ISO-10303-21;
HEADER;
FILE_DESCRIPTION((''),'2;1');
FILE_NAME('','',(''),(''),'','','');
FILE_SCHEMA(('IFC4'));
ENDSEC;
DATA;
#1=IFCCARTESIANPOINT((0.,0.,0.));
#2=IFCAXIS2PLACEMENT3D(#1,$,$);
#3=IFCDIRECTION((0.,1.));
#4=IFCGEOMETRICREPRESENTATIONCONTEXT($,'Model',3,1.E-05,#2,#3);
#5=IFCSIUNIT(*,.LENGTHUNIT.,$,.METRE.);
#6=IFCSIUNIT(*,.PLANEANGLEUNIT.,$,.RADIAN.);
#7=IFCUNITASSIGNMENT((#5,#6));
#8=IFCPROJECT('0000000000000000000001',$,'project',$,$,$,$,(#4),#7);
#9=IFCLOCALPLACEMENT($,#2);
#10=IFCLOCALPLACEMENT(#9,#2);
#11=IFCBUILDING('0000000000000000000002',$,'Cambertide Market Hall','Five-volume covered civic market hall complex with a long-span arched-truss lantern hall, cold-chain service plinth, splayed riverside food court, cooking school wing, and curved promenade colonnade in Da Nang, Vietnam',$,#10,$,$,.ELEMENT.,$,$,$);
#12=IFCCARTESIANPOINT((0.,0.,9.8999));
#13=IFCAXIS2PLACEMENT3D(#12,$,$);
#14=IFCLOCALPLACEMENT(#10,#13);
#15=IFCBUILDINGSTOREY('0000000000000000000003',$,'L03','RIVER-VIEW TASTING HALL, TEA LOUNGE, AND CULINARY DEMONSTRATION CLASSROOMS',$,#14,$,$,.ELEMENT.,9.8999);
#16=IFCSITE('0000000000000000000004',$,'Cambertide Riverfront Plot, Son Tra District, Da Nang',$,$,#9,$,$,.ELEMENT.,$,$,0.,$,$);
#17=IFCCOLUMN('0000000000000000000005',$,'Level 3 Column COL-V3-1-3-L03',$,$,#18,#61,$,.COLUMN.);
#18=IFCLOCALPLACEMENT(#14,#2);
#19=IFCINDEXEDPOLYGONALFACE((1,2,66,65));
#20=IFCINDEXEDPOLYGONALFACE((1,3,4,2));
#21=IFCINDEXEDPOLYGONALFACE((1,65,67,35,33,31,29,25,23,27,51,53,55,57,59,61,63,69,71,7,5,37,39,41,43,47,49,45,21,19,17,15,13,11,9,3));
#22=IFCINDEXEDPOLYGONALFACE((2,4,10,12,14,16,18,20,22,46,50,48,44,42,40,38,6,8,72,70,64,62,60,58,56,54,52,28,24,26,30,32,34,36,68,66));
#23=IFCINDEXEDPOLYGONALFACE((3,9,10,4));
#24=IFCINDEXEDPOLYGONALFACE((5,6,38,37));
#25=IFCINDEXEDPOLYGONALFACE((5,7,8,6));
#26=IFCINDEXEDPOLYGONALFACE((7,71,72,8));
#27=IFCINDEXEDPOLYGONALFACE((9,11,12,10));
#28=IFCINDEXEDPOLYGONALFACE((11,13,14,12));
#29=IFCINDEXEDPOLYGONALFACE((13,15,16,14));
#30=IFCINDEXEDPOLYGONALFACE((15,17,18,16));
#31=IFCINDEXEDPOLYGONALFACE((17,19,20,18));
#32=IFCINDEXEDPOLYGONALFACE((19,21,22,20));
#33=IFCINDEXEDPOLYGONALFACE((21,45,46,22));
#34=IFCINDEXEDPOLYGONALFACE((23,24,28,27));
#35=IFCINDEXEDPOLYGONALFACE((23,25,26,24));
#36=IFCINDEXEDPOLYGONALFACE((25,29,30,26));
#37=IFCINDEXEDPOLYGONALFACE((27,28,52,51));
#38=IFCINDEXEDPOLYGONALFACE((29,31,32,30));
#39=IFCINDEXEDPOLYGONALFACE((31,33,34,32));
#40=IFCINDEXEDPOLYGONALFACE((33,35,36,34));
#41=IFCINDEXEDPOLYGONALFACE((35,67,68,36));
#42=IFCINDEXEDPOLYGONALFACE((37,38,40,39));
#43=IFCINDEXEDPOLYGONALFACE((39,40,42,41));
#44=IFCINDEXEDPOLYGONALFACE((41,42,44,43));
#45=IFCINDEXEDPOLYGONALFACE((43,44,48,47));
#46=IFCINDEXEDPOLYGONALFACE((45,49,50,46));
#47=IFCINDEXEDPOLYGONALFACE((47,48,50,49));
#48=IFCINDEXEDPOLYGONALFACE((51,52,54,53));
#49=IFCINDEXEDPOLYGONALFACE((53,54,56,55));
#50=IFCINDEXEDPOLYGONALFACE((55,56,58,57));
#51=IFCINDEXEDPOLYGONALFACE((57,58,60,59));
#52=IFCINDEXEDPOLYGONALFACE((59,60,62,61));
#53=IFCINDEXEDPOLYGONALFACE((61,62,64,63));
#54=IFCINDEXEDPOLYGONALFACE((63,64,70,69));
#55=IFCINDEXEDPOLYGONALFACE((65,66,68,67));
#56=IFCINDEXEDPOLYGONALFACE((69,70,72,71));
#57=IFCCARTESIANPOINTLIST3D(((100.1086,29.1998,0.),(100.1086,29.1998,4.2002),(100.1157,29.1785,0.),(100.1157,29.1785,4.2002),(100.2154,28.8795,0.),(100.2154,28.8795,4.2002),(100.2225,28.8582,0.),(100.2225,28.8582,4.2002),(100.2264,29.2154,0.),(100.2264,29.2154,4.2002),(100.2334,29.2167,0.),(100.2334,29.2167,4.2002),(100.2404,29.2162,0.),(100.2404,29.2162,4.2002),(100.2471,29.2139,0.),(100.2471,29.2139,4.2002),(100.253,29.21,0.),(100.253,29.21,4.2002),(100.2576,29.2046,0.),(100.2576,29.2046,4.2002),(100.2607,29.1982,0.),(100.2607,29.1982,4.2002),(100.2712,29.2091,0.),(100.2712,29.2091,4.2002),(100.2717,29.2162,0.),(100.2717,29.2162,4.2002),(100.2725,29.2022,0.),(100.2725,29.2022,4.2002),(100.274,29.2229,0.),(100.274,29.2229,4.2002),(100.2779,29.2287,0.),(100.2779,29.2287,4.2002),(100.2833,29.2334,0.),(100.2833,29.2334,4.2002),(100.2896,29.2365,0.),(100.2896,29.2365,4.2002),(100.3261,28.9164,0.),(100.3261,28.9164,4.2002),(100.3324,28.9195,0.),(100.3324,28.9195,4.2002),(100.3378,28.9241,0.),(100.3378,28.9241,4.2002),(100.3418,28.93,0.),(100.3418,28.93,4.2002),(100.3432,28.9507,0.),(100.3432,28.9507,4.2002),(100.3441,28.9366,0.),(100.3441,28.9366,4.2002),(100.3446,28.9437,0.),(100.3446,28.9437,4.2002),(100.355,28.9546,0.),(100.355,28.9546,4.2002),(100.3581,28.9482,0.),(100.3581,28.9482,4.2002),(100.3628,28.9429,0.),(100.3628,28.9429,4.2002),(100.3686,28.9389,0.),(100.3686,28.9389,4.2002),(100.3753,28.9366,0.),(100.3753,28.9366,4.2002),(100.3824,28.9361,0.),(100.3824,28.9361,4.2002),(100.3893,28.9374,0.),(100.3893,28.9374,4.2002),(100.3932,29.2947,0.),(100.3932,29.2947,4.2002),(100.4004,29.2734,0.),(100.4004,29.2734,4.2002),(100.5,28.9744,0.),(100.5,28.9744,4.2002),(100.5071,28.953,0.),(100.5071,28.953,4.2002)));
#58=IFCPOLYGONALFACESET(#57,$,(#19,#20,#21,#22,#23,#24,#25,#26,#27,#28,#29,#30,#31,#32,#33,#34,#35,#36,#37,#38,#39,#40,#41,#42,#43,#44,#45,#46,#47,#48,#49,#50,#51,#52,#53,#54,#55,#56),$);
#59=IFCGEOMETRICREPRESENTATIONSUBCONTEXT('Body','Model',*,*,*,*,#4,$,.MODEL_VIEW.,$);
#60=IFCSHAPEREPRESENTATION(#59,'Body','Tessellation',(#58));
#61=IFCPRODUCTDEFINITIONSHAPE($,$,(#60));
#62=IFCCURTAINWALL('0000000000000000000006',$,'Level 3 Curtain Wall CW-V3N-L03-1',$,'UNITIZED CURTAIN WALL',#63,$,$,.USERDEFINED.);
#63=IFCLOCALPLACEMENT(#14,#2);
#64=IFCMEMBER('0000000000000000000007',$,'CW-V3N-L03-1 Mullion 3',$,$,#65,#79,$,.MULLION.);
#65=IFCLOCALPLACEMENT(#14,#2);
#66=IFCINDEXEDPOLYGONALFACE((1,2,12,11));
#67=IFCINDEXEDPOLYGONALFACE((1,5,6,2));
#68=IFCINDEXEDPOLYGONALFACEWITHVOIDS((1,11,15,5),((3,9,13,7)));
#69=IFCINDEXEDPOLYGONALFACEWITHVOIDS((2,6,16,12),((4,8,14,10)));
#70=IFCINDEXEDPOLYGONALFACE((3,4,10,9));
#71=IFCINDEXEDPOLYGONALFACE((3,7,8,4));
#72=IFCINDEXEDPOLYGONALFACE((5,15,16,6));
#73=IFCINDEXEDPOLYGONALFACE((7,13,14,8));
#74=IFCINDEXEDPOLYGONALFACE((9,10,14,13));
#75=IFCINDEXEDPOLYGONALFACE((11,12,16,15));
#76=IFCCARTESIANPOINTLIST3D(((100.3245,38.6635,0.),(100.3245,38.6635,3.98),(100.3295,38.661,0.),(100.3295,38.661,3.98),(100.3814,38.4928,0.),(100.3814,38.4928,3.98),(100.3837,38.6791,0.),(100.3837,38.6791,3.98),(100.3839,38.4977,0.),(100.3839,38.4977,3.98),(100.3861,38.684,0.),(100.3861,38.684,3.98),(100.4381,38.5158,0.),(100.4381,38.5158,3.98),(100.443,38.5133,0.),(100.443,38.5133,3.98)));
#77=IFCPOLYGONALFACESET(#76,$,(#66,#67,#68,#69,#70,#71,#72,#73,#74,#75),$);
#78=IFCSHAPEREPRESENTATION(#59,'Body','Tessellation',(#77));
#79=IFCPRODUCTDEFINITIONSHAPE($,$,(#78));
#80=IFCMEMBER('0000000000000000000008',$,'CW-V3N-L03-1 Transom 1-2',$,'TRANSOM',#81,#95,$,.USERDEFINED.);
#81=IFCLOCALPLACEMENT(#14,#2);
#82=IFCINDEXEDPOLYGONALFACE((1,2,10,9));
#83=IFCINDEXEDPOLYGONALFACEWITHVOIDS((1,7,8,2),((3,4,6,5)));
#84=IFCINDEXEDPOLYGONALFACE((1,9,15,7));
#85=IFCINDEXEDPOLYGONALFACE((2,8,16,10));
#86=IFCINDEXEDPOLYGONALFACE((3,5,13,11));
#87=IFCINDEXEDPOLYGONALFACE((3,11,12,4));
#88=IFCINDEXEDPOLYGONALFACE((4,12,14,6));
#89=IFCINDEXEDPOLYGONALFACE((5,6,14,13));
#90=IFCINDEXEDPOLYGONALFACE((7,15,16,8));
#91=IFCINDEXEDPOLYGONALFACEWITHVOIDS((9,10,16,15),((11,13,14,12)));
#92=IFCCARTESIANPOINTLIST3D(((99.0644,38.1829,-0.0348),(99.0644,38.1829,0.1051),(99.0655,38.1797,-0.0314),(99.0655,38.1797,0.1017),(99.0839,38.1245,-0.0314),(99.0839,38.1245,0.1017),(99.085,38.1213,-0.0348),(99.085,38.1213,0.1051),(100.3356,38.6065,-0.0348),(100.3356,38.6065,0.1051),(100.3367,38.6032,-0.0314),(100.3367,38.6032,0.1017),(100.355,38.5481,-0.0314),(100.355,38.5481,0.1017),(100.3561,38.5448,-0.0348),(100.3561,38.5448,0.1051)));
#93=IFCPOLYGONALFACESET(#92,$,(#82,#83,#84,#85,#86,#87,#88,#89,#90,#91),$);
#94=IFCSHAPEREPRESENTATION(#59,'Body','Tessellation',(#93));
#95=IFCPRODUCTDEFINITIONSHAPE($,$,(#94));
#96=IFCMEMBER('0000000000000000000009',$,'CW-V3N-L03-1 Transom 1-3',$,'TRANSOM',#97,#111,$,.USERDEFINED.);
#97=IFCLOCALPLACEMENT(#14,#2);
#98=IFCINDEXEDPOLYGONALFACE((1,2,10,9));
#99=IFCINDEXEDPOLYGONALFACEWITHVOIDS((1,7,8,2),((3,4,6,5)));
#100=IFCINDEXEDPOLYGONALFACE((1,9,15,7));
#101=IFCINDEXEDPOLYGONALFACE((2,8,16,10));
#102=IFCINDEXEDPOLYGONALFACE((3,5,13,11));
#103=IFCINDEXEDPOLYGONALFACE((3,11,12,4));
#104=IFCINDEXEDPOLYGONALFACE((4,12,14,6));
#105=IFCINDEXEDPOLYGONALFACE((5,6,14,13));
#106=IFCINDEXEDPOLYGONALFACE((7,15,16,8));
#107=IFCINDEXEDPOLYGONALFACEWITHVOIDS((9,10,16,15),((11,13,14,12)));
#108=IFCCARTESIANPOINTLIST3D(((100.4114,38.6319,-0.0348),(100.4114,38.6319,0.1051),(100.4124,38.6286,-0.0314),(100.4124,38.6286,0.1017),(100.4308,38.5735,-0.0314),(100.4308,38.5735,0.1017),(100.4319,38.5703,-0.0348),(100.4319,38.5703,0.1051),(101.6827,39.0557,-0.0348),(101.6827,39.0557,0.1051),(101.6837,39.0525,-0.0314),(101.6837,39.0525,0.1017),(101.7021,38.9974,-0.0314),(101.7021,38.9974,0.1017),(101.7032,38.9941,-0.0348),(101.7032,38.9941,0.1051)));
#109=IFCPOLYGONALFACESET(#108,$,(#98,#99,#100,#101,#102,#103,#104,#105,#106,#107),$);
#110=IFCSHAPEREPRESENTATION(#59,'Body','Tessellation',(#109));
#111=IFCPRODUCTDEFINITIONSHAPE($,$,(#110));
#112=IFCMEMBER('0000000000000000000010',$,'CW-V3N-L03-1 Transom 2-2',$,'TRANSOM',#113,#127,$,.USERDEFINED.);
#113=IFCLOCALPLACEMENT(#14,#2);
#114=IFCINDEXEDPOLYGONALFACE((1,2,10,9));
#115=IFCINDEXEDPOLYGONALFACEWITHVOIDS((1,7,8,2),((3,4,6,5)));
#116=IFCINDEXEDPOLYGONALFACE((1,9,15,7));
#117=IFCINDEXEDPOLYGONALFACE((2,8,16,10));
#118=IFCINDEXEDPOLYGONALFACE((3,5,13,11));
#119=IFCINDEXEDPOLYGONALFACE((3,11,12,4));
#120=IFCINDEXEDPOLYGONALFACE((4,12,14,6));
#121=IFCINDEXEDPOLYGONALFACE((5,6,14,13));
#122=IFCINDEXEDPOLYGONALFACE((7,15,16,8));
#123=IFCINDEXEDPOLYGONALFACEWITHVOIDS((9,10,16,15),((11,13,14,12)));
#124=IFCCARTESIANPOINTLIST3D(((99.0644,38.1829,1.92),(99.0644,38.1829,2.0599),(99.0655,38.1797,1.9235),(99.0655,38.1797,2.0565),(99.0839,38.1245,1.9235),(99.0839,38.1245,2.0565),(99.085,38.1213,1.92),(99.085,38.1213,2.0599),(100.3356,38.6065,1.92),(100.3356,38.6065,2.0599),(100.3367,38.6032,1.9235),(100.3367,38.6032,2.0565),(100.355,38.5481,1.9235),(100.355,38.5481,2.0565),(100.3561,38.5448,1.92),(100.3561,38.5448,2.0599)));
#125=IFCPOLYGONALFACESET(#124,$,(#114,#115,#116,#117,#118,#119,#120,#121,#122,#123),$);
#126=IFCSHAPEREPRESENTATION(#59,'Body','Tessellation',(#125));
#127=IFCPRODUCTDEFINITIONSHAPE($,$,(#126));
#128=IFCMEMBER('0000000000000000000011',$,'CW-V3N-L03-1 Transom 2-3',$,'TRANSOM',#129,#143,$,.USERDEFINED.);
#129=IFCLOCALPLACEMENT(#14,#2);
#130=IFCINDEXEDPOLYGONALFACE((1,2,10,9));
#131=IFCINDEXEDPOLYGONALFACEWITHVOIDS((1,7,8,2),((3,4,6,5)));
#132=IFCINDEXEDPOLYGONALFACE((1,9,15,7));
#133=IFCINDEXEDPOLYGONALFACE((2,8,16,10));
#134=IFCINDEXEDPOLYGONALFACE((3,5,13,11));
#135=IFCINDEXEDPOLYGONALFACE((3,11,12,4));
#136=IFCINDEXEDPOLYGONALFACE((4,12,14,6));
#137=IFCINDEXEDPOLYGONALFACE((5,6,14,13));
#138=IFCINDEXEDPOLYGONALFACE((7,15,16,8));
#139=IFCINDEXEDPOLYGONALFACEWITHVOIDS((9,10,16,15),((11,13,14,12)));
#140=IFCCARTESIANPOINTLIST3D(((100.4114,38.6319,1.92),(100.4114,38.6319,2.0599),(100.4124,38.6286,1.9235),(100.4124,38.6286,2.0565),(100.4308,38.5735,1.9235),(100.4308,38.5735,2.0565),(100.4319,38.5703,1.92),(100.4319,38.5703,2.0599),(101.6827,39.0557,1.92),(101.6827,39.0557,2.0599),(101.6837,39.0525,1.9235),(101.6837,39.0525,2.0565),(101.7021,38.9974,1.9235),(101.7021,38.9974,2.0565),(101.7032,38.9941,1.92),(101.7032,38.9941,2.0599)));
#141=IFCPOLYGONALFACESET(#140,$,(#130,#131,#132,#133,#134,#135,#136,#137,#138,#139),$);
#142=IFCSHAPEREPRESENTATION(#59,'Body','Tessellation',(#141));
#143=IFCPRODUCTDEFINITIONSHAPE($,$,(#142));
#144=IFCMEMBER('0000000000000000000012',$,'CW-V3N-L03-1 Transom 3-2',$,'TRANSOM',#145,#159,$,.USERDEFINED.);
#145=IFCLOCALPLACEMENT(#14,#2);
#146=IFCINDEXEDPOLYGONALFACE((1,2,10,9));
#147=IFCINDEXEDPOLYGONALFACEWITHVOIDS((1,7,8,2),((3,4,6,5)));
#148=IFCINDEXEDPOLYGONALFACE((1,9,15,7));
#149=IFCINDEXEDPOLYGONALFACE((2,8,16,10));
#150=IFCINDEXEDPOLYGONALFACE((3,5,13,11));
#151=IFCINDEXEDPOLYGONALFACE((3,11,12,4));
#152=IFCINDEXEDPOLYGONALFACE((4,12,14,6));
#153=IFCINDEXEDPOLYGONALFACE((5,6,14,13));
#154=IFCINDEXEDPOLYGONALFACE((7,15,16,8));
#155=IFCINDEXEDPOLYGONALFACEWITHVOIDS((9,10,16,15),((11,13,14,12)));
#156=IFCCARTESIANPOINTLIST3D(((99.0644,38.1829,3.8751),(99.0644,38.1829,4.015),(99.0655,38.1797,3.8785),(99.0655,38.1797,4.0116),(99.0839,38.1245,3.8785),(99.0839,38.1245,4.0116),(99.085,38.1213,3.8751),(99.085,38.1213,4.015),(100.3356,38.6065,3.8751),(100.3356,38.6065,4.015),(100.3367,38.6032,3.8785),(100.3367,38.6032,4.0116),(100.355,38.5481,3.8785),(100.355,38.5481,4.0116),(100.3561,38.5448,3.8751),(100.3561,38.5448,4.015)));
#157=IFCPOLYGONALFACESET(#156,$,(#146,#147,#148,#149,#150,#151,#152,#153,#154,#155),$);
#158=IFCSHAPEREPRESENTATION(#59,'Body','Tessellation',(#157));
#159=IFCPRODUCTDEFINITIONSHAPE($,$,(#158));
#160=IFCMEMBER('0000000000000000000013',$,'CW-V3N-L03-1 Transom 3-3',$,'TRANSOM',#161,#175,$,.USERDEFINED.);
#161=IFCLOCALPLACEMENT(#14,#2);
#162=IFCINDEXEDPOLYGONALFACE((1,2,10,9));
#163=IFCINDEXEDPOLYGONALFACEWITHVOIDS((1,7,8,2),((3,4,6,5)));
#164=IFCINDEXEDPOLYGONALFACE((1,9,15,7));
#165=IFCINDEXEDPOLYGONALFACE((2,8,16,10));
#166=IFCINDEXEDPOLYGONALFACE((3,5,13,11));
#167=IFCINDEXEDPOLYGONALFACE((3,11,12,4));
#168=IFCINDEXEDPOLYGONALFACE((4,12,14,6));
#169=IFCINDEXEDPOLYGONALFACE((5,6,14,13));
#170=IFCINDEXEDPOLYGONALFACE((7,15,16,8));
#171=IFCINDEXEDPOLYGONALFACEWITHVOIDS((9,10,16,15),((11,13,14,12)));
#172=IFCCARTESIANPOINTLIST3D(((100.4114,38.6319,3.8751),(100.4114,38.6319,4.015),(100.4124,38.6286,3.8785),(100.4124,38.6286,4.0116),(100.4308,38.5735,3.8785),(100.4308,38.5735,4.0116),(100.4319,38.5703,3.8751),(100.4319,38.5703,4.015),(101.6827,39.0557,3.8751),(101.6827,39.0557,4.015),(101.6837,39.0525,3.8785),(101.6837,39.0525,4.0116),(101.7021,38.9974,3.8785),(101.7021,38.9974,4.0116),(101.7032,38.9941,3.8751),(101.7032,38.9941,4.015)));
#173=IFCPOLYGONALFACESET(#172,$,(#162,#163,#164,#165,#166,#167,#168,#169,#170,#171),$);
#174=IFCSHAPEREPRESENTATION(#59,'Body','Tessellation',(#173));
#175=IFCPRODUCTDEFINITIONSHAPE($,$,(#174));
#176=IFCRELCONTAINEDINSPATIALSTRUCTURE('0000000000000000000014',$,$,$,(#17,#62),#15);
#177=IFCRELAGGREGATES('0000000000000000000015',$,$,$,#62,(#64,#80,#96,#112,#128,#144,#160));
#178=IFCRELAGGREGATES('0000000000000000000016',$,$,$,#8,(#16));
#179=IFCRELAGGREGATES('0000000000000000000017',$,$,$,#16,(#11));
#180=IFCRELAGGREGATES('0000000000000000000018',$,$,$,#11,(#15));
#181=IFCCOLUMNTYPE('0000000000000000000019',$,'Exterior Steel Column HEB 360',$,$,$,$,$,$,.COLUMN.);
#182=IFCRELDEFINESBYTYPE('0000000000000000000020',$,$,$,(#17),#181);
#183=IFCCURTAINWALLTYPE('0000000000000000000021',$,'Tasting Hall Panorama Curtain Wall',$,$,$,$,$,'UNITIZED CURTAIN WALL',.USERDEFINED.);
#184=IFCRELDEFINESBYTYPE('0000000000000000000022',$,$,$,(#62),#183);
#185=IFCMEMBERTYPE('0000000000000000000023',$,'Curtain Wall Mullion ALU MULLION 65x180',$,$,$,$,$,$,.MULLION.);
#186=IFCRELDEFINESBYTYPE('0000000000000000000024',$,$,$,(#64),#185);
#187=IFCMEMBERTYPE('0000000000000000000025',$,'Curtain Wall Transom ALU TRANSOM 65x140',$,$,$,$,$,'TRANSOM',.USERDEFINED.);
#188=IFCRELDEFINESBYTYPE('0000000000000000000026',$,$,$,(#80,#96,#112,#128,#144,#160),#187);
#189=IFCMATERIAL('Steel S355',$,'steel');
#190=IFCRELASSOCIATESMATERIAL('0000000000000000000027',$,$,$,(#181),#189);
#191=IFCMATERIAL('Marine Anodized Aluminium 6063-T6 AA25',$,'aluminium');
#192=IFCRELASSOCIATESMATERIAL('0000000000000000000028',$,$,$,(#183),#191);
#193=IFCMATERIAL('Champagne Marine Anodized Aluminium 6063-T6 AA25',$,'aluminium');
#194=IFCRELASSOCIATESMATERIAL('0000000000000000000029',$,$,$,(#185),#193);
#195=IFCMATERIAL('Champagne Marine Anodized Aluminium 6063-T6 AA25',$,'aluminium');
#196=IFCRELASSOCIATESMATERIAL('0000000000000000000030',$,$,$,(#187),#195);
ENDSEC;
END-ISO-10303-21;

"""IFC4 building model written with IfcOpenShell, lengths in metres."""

from ifc_helpers import new_model, si_unit, direction, frame, origin, origin_2d, place, context, subcontext, project, spatial, hollow_rectangle, i_section, extrude, material, material_profile, profile_set, type_object, element, aggregate, save


model = new_model("IFC4")

# Units and contexts
model_context = context("Model", 3, precision=1e-05, world=origin(), true_north=direction((0.0, 1.0)))
body_context = subcontext(model_context, "Body", "Model", "MODEL_VIEW")
ifc_project = project(units=[si_unit("LENGTHUNIT", "METRE"), si_unit("PLANEANGLEUNIT", "RADIAN")], contexts=[model_context])

# Site, building, storey
site_placement = place(None, origin())
site = spatial("IfcSite", under=ifc_project, at=site_placement, Name="Cambertide Riverfront Plot, Son Tra District, Da Nang", CompositionType="ELEMENT", RefElevation=0.0)
building_placement = place(site_placement, origin())
building = spatial("IfcBuilding", under=site, at=building_placement, Name="Cambertide Market Hall", Description="Five-volume covered civic market hall complex with a long-span arched-truss lantern hall, cold-chain service plinth, splayed riverside food court, cooking school wing, and curved promenade colonnade in Da Nang, Vietnam", CompositionType="ELEMENT")
storey_placement = place(building_placement, frame((0.0, 0.0, 9.8999)))
storey = spatial("IfcBuildingStorey", under=building, at=storey_placement, Name="L03", Description="RIVER-VIEW TASTING HALL, TEA LOUNGE, AND CULINARY DEMONSTRATION CLASSROOMS", CompositionType="ELEMENT", Elevation=9.8999)

# Column
ifc_material_1 = material(Name="Steel S355", Category="steel")
ifc_material_profile_1 = material_profile(ifc_material_1, i_section(OverallWidth=0.3, OverallDepth=0.3601, WebThickness=0.0125, FlangeThickness=0.0225, FilletRadius=0.0271, at=origin_2d()), Name="HEB 360")
ifc_profile_set_1 = profile_set([ifc_material_profile_1], Name="Steel S355")
column_type = type_object("IfcColumnType", Name="Exterior Steel Column HEB 360", PredefinedType="COLUMN", material=ifc_profile_set_1)
column_placement = place(storey_placement, frame((100.3079, 29.0764, 0.0), z_axis=(0.0, 0.0, 1.0), x_axis=(0.948683, 0.316228, 0.0)))
element("IfcColumn", 1, at=column_placement, inside=storey, type_object=column_type, Name="Level 3 Column COL-V3-1-3-L03", PredefinedType="COLUMN", context=body_context, shape_type="SweptSolid", body=[
    extrude(i_section(OverallWidth=0.3, OverallDepth=0.3601, WebThickness=0.0125, FlangeThickness=0.0225, FilletRadius=0.0271, at=origin_2d()), origin(), (0.0, 0.0, 1.0), 4.2002),
])

# Curtain wall, members
ifc_material_2 = material(Name="Marine Anodized Aluminium 6063-T6 AA25", Category="aluminium")
curtain_wall_type = type_object("IfcCurtainWallType", Name="Tasting Hall Panorama Curtain Wall", ElementType="UNITIZED CURTAIN WALL", PredefinedType="USERDEFINED", material=ifc_material_2)
curtain_wall_placement = place(storey_placement, origin())
curtain_wall = element("IfcCurtainWall", 2, at=curtain_wall_placement, inside=storey, type_object=curtain_wall_type, Name="Level 3 Curtain Wall CW-V3N-L03-1", ObjectType="UNITIZED CURTAIN WALL", PredefinedType="USERDEFINED")
ifc_material_3 = material(Name="Champagne Marine Anodized Aluminium 6063-T6 AA25", Category="aluminium")
ifc_material_profile_2 = material_profile(ifc_material_3, hollow_rectangle(XDim=0.0649, YDim=0.1799, WallThickness=0.0039, at=origin_2d()), Name="ALU MULLION 65x180")
ifc_profile_set_2 = profile_set([ifc_material_profile_2], Name="Champagne Marine Anodized Aluminium 6063-T6 AA25")
member_type_1 = type_object("IfcMemberType", Name="Curtain Wall Mullion ALU MULLION 65x180", PredefinedType="MULLION", material=ifc_profile_set_2)
member_1_placement = place(storey_placement, frame((100.3838, 38.5884, 0.0), z_axis=(0.0, 0.0, 1.0), x_axis=(0.948683, 0.316228, 0.0)))
member_1 = element("IfcMember", 3, at=member_1_placement, type_object=member_type_1, Name="CW-V3N-L03-1 Mullion 3", PredefinedType="MULLION", context=body_context, shape_type="SweptSolid", body=[
    extrude(hollow_rectangle(XDim=0.0649, YDim=0.1799, WallThickness=0.0039, at=origin_2d()), origin(), (0.0, 0.0, 1.0), 3.98),
])
ifc_material_4 = material(Name="Champagne Marine Anodized Aluminium 6063-T6 AA25", Category="aluminium")
ifc_material_profile_3 = material_profile(ifc_material_4, hollow_rectangle(XDim=0.0649, YDim=0.1399, WallThickness=0.0034, at=origin_2d()), Name="ALU TRANSOM 65x140")
ifc_profile_set_3 = profile_set([ifc_material_profile_3], Name="Champagne Marine Anodized Aluminium 6063-T6 AA25")
member_type_2 = type_object("IfcMemberType", Name="Curtain Wall Transom ALU TRANSOM 65x140", ElementType="TRANSOM", PredefinedType="USERDEFINED", material=ifc_profile_set_3)
member_2_placement = place(storey_placement, frame((99.0747, 38.1521, 0.0352), z_axis=(0.94872, 0.316118, 0.0), x_axis=(-0.316118, 0.94872, 0.0)))
member_2 = element("IfcMember", 4, at=member_2_placement, type_object=member_type_2, Name="CW-V3N-L03-1 Transom 1-2", ObjectType="TRANSOM", PredefinedType="USERDEFINED", context=body_context, shape_type="SweptSolid", body=[
    extrude(hollow_rectangle(XDim=0.0649, YDim=0.1399, WallThickness=0.0034, at=origin_2d()), origin(), (0.0, 0.0, 1.0), 1.3398),
])
member_3_placement = place(storey_placement, frame((100.4216, 38.6011, 0.0352), z_axis=(0.948665, 0.316282, 0.0), x_axis=(-0.316282, 0.948665, 0.0)))
member_3 = element("IfcMember", 5, at=member_3_placement, type_object=member_type_2, Name="CW-V3N-L03-1 Transom 1-3", ObjectType="TRANSOM", PredefinedType="USERDEFINED", context=body_context, shape_type="SweptSolid", body=[
    extrude(hollow_rectangle(XDim=0.0649, YDim=0.1399, WallThickness=0.0034, at=origin_2d()), origin(), (0.0, 0.0, 1.0), 1.3401),
])
member_4_placement = place(storey_placement, frame((99.0747, 38.1521, 1.99), z_axis=(0.94872, 0.316118, 0.0), x_axis=(-0.316118, 0.94872, 0.0)))
member_4 = element("IfcMember", 6, at=member_4_placement, type_object=member_type_2, Name="CW-V3N-L03-1 Transom 2-2", ObjectType="TRANSOM", PredefinedType="USERDEFINED", context=body_context, shape_type="SweptSolid", body=[
    extrude(hollow_rectangle(XDim=0.0649, YDim=0.1399, WallThickness=0.0034, at=origin_2d()), origin(), (0.0, 0.0, 1.0), 1.3398),
])
member_5_placement = place(storey_placement, frame((100.4216, 38.6011, 1.99), z_axis=(0.948665, 0.316282, 0.0), x_axis=(-0.316282, 0.948665, 0.0)))
member_5 = element("IfcMember", 7, at=member_5_placement, type_object=member_type_2, Name="CW-V3N-L03-1 Transom 2-3", ObjectType="TRANSOM", PredefinedType="USERDEFINED", context=body_context, shape_type="SweptSolid", body=[
    extrude(hollow_rectangle(XDim=0.0649, YDim=0.1399, WallThickness=0.0034, at=origin_2d()), origin(), (0.0, 0.0, 1.0), 1.3401),
])
member_6_placement = place(storey_placement, frame((99.0747, 38.1521, 3.9451), z_axis=(0.94872, 0.316118, 0.0), x_axis=(-0.316118, 0.94872, 0.0)))
member_6 = element("IfcMember", 8, at=member_6_placement, type_object=member_type_2, Name="CW-V3N-L03-1 Transom 3-2", ObjectType="TRANSOM", PredefinedType="USERDEFINED", context=body_context, shape_type="SweptSolid", body=[
    extrude(hollow_rectangle(XDim=0.0649, YDim=0.1399, WallThickness=0.0034, at=origin_2d()), origin(), (0.0, 0.0, 1.0), 1.3398),
])
member_7_placement = place(storey_placement, frame((100.4216, 38.6011, 3.9451), z_axis=(0.948665, 0.316282, 0.0), x_axis=(-0.316282, 0.948665, 0.0)))
member_7 = element("IfcMember", 9, at=member_7_placement, type_object=member_type_2, Name="CW-V3N-L03-1 Transom 3-3", ObjectType="TRANSOM", PredefinedType="USERDEFINED", context=body_context, shape_type="SweptSolid", body=[
    extrude(hollow_rectangle(XDim=0.0649, YDim=0.1399, WallThickness=0.0034, at=origin_2d()), origin(), (0.0, 0.0, 1.0), 1.3401),
])

aggregate(curtain_wall, [member_1, member_2, member_3, member_4, member_5, member_6, member_7])

save(model, "model.ifc")
